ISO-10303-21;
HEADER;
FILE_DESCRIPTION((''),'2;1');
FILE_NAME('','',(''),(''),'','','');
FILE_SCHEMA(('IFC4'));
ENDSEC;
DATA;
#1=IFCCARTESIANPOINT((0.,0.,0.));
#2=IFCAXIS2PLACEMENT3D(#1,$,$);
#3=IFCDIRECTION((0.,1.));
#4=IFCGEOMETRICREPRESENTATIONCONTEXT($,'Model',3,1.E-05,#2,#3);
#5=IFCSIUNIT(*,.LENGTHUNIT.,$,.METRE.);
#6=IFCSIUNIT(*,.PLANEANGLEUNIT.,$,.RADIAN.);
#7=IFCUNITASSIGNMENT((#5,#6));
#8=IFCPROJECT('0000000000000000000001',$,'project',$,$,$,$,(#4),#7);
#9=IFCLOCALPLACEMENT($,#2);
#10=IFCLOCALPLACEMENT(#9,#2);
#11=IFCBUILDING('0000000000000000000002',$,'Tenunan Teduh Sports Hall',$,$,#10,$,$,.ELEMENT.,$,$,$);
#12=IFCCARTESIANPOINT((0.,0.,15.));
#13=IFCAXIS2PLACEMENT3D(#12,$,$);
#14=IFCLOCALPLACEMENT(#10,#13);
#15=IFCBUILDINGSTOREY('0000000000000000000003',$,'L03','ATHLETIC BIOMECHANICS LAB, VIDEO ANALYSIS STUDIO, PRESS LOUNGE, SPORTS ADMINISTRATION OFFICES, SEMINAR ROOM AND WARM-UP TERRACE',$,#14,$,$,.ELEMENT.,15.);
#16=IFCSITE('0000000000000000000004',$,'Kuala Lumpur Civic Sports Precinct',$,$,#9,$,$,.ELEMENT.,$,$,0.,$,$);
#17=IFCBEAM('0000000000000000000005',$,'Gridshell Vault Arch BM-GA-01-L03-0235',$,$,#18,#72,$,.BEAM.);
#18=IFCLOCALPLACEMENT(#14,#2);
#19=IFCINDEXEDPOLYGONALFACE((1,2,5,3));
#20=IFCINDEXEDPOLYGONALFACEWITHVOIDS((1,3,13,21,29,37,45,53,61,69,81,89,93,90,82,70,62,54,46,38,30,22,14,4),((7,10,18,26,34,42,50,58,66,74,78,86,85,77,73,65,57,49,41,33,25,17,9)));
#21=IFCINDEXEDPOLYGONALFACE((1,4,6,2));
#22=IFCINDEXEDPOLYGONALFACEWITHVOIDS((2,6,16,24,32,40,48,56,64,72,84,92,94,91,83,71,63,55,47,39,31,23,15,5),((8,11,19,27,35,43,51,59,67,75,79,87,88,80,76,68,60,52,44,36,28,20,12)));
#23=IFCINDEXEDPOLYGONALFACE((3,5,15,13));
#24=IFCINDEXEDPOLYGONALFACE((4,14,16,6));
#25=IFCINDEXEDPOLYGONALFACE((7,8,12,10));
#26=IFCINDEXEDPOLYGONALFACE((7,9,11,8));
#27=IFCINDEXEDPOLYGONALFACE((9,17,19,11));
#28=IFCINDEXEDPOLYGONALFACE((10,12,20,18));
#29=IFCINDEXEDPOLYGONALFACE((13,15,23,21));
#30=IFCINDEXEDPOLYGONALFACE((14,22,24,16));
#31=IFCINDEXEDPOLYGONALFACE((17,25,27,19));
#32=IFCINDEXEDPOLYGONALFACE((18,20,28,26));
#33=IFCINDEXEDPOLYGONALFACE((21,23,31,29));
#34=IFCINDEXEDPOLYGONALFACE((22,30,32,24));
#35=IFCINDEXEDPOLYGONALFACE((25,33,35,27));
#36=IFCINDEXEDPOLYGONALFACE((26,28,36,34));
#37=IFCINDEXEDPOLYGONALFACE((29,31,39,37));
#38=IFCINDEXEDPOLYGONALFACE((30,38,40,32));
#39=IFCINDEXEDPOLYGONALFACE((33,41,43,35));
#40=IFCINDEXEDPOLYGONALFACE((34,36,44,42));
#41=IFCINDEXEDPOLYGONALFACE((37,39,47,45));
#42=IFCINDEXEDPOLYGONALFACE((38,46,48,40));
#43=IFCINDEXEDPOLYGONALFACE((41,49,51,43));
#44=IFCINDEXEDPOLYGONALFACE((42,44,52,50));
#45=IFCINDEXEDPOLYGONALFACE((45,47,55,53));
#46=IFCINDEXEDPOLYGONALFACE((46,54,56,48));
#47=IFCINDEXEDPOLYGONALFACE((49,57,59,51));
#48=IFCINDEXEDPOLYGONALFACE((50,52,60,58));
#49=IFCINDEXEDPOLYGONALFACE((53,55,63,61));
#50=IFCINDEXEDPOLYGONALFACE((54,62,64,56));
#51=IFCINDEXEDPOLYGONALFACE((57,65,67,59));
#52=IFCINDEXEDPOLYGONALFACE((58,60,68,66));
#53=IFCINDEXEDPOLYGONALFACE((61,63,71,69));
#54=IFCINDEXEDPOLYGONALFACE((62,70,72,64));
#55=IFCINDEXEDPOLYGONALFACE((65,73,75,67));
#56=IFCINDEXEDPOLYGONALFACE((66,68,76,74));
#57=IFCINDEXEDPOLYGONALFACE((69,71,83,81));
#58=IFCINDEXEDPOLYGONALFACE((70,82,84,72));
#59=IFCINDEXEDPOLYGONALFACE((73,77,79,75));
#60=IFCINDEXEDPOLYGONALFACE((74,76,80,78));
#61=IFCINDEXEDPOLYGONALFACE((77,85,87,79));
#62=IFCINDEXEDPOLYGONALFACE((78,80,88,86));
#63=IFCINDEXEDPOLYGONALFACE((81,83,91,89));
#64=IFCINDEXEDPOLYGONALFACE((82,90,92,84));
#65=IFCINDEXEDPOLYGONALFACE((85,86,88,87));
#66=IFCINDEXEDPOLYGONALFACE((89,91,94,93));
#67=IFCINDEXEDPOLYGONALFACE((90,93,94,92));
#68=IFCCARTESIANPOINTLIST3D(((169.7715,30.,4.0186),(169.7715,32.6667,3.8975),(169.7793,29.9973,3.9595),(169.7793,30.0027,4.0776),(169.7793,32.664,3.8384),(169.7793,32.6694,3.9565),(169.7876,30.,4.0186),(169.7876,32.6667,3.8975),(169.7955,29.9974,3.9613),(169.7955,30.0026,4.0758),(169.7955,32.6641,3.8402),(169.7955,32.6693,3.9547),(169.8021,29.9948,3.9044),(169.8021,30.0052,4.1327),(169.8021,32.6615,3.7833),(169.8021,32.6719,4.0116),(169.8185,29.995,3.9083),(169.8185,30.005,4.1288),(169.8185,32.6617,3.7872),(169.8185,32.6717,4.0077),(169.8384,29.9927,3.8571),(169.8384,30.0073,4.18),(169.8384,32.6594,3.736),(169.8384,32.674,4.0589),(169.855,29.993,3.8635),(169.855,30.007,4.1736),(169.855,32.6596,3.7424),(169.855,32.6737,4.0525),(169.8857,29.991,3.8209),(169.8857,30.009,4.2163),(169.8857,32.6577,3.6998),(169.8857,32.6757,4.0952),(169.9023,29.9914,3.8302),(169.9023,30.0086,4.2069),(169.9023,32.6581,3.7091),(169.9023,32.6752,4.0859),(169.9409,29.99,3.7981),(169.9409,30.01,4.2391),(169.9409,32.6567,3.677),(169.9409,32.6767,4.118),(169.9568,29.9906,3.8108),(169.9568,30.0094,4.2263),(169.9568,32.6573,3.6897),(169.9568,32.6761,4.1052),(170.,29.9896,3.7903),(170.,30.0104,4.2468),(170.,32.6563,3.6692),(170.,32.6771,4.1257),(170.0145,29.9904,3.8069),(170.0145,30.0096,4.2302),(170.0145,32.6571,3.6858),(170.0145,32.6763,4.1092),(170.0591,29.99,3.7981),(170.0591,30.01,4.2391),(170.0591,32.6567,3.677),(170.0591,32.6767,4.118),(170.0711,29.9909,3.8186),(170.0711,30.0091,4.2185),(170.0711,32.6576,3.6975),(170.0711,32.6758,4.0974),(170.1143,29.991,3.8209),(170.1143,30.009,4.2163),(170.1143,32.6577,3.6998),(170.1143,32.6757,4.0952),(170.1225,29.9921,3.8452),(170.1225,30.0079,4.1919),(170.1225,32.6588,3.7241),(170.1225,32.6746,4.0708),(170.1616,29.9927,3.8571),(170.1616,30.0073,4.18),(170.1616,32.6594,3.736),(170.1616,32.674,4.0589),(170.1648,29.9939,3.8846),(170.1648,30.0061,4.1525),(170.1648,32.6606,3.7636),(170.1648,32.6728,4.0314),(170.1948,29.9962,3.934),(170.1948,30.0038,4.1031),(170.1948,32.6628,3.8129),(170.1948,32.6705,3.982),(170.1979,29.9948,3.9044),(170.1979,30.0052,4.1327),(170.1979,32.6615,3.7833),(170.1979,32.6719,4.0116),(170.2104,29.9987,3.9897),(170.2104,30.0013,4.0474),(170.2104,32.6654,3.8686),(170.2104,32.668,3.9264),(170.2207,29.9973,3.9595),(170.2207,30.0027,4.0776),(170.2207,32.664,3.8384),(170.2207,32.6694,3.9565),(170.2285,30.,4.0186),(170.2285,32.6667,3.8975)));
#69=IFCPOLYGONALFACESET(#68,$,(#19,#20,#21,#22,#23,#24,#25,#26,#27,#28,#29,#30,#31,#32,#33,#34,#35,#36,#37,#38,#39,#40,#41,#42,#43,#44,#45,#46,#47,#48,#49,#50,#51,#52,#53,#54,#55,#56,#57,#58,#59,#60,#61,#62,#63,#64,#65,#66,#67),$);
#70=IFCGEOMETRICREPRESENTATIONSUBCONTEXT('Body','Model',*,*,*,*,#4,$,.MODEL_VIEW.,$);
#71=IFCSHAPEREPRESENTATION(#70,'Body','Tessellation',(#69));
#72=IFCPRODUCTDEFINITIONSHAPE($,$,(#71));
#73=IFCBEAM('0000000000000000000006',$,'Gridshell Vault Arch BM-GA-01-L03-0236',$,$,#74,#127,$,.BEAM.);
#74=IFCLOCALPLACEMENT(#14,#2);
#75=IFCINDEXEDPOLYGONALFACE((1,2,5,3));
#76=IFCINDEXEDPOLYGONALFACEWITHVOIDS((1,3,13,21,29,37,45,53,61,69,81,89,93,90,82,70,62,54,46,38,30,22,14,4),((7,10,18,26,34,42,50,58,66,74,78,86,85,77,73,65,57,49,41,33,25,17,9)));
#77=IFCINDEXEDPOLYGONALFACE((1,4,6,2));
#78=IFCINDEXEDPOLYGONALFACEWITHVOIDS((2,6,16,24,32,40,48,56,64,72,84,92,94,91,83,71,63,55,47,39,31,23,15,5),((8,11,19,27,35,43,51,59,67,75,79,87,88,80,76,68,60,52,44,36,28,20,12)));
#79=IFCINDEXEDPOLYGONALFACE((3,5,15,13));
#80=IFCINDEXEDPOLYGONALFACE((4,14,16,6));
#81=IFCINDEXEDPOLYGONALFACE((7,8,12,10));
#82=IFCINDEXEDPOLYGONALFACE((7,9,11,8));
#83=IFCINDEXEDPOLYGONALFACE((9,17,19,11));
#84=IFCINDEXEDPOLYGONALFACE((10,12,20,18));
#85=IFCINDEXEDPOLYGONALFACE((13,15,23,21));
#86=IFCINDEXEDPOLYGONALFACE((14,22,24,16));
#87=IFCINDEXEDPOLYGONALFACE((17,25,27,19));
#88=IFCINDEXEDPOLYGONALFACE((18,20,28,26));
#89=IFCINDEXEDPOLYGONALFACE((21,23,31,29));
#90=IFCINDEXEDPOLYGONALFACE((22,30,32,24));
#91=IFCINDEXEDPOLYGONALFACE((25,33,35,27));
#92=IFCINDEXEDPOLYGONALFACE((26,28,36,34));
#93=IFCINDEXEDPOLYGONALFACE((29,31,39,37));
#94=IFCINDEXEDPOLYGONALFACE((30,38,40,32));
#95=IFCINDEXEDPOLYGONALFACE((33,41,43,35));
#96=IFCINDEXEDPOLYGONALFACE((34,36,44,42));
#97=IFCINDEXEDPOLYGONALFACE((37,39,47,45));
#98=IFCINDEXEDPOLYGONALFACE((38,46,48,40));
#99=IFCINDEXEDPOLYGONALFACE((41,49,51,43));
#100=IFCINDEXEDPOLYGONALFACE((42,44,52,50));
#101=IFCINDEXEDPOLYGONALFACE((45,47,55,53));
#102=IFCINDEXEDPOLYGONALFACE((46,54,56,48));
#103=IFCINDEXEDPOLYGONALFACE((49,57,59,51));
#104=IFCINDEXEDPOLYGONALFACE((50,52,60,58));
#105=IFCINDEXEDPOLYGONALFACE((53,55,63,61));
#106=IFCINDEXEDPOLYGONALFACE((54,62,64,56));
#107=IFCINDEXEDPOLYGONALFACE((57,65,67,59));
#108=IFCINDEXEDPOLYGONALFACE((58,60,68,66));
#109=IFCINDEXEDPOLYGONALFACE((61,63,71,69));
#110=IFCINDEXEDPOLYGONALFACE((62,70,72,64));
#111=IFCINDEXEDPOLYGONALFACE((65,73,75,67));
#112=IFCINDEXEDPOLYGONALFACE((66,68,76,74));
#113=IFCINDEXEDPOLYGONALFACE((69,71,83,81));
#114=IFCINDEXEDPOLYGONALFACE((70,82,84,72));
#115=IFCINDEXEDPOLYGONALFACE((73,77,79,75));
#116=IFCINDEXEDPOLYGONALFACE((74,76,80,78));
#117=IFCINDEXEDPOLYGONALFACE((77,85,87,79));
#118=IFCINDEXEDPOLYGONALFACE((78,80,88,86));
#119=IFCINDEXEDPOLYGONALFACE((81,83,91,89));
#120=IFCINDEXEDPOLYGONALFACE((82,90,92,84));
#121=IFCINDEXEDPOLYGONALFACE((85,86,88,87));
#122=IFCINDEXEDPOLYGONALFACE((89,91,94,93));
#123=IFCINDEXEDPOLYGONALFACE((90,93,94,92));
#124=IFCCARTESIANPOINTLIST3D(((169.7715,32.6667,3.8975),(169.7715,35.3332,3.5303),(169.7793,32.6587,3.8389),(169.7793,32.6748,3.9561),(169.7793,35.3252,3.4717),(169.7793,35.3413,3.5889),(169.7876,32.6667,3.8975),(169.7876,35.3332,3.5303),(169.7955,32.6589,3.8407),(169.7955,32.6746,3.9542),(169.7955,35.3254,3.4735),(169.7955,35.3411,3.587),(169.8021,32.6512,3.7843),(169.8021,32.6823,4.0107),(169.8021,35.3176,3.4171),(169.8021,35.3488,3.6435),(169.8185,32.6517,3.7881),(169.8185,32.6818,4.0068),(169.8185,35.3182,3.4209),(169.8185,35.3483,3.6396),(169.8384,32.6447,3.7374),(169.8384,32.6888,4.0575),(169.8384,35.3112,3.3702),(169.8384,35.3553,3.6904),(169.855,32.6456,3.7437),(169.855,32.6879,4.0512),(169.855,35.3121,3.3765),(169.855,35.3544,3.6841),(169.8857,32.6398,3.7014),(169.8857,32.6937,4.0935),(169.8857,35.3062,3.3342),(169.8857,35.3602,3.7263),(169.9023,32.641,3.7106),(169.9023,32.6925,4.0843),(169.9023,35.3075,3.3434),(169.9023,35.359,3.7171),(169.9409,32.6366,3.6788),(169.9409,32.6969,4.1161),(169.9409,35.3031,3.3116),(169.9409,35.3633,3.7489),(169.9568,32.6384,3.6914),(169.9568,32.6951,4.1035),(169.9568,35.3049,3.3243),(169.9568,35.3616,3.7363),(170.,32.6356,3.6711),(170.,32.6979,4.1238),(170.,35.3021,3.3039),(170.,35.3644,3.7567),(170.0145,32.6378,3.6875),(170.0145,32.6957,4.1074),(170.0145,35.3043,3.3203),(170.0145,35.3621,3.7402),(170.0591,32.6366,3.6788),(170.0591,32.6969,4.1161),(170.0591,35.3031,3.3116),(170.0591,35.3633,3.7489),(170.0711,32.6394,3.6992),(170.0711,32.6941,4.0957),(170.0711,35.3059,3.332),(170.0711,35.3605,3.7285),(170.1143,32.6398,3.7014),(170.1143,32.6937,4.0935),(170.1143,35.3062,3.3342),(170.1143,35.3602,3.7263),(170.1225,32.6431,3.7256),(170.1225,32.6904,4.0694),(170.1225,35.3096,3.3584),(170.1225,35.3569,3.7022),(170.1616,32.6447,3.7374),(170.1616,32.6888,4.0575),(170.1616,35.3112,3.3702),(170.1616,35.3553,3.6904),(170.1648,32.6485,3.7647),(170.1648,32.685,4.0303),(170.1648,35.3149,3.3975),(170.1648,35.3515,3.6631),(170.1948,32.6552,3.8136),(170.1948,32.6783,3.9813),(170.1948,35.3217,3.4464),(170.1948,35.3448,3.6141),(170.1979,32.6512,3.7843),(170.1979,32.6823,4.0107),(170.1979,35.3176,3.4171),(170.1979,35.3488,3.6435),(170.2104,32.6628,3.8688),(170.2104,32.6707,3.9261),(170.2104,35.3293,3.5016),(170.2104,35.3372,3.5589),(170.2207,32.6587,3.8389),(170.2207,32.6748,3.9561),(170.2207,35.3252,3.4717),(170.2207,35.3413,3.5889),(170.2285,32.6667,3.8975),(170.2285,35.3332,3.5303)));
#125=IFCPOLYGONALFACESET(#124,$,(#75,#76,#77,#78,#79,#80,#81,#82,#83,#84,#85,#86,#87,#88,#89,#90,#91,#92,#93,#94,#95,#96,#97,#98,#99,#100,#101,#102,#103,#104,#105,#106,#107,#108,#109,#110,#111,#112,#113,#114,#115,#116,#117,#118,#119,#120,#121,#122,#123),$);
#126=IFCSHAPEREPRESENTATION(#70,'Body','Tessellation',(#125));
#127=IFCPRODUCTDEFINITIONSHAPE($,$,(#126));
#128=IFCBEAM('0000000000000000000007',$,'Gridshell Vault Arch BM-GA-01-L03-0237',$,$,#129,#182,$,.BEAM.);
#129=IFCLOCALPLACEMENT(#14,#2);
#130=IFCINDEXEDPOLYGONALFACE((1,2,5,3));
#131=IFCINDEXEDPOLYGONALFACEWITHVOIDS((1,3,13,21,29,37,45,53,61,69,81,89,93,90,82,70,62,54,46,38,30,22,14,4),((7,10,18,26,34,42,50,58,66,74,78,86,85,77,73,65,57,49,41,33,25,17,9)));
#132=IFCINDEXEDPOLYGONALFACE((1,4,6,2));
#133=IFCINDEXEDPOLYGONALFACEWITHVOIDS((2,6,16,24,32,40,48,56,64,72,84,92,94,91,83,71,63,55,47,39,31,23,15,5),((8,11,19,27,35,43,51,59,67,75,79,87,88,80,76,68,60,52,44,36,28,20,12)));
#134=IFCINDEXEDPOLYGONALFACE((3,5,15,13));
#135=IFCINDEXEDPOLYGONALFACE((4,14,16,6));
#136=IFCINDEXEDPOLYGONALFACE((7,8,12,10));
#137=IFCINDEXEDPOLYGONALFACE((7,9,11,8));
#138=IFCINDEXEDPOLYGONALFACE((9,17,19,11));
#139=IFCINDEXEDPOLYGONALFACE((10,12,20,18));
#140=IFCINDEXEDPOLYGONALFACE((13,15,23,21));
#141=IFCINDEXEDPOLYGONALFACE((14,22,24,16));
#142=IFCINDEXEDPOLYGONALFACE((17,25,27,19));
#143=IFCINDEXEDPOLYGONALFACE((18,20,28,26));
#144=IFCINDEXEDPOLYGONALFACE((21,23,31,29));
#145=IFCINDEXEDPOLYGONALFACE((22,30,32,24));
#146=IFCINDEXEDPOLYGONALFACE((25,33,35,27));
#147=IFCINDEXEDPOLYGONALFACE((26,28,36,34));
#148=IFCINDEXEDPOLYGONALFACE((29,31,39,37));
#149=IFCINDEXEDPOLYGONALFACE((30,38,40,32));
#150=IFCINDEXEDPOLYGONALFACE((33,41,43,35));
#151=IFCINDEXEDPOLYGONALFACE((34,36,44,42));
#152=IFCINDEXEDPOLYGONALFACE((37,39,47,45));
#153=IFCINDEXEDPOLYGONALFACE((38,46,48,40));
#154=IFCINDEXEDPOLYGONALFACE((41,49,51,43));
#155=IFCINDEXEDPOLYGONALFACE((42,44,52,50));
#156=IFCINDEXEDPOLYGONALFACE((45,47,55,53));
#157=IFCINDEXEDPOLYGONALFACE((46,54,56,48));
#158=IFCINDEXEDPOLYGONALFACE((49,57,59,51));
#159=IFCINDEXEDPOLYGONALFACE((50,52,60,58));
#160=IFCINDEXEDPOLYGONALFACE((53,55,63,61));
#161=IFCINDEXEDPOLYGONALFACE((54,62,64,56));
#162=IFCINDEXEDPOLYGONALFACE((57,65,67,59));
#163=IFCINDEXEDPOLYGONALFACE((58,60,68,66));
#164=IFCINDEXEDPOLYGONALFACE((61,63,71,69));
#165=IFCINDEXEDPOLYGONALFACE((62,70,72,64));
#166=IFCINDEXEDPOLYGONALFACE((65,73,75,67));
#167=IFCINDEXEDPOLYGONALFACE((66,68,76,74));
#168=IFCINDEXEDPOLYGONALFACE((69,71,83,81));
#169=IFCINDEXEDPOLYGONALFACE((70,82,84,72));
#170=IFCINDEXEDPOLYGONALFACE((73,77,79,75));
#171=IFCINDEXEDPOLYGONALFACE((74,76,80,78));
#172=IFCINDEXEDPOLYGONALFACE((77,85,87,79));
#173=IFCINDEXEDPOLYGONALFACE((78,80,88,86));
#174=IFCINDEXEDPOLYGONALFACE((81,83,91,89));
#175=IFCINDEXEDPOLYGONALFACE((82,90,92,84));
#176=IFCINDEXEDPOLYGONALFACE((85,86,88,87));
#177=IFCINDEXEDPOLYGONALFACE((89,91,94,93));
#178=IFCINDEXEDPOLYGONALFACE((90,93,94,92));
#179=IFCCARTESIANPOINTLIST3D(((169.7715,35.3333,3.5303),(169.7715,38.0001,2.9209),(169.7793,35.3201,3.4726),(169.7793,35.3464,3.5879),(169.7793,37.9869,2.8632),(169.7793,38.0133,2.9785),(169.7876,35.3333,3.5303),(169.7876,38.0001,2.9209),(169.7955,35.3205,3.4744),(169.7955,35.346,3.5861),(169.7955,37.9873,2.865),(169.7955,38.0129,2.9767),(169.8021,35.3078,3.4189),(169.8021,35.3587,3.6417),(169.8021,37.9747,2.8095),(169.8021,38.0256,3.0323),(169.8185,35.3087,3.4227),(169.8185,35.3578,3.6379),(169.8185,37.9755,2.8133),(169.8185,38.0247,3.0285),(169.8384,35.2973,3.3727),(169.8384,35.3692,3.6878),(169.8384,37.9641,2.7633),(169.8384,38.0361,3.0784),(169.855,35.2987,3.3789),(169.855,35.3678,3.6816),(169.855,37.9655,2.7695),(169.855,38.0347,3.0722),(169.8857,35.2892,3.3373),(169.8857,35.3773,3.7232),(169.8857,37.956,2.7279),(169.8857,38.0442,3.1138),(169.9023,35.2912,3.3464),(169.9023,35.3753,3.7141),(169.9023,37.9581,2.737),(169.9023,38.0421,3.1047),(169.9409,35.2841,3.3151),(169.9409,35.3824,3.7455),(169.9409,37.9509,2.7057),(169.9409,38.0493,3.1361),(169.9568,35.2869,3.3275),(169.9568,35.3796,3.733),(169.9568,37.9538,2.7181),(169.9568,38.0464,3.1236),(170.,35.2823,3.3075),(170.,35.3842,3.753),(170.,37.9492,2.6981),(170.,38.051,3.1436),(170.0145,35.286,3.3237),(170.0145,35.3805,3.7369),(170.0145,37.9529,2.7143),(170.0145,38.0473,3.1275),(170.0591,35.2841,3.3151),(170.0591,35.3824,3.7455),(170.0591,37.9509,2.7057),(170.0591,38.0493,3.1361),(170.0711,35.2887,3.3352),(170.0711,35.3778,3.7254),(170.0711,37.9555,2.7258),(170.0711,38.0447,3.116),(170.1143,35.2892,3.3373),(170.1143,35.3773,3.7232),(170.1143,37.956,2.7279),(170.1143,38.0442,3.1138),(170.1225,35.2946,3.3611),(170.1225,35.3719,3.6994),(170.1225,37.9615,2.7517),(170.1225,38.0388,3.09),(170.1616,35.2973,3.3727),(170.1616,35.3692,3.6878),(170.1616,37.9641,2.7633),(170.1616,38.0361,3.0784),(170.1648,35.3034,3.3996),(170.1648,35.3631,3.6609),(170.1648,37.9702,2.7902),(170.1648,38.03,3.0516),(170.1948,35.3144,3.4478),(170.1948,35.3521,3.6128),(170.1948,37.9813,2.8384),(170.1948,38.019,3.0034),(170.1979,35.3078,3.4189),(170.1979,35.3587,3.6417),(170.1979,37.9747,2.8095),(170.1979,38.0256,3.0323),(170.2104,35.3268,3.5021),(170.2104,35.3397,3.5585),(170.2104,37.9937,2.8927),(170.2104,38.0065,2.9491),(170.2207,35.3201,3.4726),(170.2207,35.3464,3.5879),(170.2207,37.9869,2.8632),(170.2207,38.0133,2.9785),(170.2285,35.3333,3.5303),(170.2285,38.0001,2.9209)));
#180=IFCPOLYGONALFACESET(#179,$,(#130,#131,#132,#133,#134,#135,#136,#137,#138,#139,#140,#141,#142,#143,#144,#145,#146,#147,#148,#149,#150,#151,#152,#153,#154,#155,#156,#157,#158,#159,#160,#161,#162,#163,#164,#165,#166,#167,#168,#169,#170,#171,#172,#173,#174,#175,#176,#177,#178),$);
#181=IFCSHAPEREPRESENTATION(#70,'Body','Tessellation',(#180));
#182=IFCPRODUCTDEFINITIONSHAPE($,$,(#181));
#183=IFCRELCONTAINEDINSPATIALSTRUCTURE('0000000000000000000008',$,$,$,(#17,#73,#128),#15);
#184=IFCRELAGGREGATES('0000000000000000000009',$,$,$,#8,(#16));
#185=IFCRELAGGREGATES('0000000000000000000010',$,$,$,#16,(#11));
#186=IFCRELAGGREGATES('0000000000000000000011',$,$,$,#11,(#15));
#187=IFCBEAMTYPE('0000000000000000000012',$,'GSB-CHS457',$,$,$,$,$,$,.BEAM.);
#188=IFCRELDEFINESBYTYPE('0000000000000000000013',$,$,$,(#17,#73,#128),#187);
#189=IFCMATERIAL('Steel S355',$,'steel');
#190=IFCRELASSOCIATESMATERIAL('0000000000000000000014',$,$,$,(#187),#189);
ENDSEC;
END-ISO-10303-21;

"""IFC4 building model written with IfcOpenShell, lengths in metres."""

from ifc_helpers import new_model, si_unit, direction, frame, origin, origin_2d, place, context, subcontext, project, spatial, hollow_circle, extrude, material, material_profile, profile_set, type_object, element, save


model = new_model("IFC4")

# Units and contexts
model_context = context("Model", 3, precision=1e-05, world=origin(), true_north=direction((0.0, 1.0)))
body_context = subcontext(model_context, "Body", "Model", "MODEL_VIEW")
ifc_project = project(units=[si_unit("LENGTHUNIT", "METRE"), si_unit("PLANEANGLEUNIT", "RADIAN")], contexts=[model_context])

# Site, building, storey
site_placement = place(None, origin())
site = spatial("IfcSite", under=ifc_project, at=site_placement, Name="Kuala Lumpur Civic Sports Precinct", CompositionType="ELEMENT", RefElevation=0.0)
building_placement = place(site_placement, origin())
building = spatial("IfcBuilding", under=site, at=building_placement, Name="Tenunan Teduh Sports Hall", CompositionType="ELEMENT")
storey_placement = place(building_placement, frame((0.0, 0.0, 15.0)))
storey = spatial("IfcBuildingStorey", under=building, at=storey_placement, Name="L03", Description="ATHLETIC BIOMECHANICS LAB, VIDEO ANALYSIS STUDIO, PRESS LOUNGE, SPORTS ADMINISTRATION OFFICES, SEMINAR ROOM AND WARM-UP TERRACE", CompositionType="ELEMENT", Elevation=15.0)

# Beams
ifc_material_1 = material(Name="Steel S355", Category="steel")
ifc_material_profile_1 = material_profile(ifc_material_1, hollow_circle(Radius=0.2285, WallThickness=0.0161, at=origin_2d()), Name="CHS 457.0x16.0")
ifc_profile_set_1 = profile_set([ifc_material_profile_1], Name="Steel S355")
beam_type_1 = type_object("IfcBeamType", Name="GSB-CHS457", PredefinedType="BEAM", material=ifc_profile_set_1)
for number, where, z_axis, x_axis, name in (
    (1, (170.0, 30.0, 4.0186), (0.0, 0.998971, -0.045362), (-1.0, 0.0, 0.0), "Gridshell Vault Arch BM-GA-01-L03-0235"),
):
    element("IfcBeam", number, at=place(storey_placement, frame(where, z_axis=z_axis, x_axis=x_axis)), inside=storey, type_object=beam_type_1, Name=name, PredefinedType="BEAM", context=body_context, shape_type="SweptSolid", body=[
        extrude(hollow_circle(Radius=0.2285, WallThickness=0.0161, at=origin_2d()), origin(), (0.0, 0.0, 1.0), 2.6694),
    ])
beam_1_placement = place(storey_placement, frame((170.0, 32.6667, 3.8975), z_axis=(0.0, 0.990652, -0.136416), x_axis=(-1.0, 0.0, 0.0)))
element("IfcBeam", 2, at=beam_1_placement, inside=storey, type_object=beam_type_1, Name="Gridshell Vault Arch BM-GA-01-L03-0236", PredefinedType="BEAM", context=body_context, shape_type="SweptSolid", body=[
    extrude(hollow_circle(Radius=0.2285, WallThickness=0.0161, at=origin_2d()), origin(), (0.0, 0.0, 1.0), 2.6917),
])
beam_2_placement = place(storey_placement, frame((170.0, 35.3333, 3.5303), z_axis=(0.0, 0.974872, -0.222767), x_axis=(-1.0, 0.0, 0.0)))
element("IfcBeam", 3, at=beam_2_placement, inside=storey, type_object=beam_type_1, Name="Gridshell Vault Arch BM-GA-01-L03-0237", PredefinedType="BEAM", context=body_context, shape_type="SweptSolid", body=[
    extrude(hollow_circle(Radius=0.2285, WallThickness=0.0161, at=origin_2d()), origin(), (0.0, 0.0, 1.0), 2.7356),
])

save(model, "model.ifc")
